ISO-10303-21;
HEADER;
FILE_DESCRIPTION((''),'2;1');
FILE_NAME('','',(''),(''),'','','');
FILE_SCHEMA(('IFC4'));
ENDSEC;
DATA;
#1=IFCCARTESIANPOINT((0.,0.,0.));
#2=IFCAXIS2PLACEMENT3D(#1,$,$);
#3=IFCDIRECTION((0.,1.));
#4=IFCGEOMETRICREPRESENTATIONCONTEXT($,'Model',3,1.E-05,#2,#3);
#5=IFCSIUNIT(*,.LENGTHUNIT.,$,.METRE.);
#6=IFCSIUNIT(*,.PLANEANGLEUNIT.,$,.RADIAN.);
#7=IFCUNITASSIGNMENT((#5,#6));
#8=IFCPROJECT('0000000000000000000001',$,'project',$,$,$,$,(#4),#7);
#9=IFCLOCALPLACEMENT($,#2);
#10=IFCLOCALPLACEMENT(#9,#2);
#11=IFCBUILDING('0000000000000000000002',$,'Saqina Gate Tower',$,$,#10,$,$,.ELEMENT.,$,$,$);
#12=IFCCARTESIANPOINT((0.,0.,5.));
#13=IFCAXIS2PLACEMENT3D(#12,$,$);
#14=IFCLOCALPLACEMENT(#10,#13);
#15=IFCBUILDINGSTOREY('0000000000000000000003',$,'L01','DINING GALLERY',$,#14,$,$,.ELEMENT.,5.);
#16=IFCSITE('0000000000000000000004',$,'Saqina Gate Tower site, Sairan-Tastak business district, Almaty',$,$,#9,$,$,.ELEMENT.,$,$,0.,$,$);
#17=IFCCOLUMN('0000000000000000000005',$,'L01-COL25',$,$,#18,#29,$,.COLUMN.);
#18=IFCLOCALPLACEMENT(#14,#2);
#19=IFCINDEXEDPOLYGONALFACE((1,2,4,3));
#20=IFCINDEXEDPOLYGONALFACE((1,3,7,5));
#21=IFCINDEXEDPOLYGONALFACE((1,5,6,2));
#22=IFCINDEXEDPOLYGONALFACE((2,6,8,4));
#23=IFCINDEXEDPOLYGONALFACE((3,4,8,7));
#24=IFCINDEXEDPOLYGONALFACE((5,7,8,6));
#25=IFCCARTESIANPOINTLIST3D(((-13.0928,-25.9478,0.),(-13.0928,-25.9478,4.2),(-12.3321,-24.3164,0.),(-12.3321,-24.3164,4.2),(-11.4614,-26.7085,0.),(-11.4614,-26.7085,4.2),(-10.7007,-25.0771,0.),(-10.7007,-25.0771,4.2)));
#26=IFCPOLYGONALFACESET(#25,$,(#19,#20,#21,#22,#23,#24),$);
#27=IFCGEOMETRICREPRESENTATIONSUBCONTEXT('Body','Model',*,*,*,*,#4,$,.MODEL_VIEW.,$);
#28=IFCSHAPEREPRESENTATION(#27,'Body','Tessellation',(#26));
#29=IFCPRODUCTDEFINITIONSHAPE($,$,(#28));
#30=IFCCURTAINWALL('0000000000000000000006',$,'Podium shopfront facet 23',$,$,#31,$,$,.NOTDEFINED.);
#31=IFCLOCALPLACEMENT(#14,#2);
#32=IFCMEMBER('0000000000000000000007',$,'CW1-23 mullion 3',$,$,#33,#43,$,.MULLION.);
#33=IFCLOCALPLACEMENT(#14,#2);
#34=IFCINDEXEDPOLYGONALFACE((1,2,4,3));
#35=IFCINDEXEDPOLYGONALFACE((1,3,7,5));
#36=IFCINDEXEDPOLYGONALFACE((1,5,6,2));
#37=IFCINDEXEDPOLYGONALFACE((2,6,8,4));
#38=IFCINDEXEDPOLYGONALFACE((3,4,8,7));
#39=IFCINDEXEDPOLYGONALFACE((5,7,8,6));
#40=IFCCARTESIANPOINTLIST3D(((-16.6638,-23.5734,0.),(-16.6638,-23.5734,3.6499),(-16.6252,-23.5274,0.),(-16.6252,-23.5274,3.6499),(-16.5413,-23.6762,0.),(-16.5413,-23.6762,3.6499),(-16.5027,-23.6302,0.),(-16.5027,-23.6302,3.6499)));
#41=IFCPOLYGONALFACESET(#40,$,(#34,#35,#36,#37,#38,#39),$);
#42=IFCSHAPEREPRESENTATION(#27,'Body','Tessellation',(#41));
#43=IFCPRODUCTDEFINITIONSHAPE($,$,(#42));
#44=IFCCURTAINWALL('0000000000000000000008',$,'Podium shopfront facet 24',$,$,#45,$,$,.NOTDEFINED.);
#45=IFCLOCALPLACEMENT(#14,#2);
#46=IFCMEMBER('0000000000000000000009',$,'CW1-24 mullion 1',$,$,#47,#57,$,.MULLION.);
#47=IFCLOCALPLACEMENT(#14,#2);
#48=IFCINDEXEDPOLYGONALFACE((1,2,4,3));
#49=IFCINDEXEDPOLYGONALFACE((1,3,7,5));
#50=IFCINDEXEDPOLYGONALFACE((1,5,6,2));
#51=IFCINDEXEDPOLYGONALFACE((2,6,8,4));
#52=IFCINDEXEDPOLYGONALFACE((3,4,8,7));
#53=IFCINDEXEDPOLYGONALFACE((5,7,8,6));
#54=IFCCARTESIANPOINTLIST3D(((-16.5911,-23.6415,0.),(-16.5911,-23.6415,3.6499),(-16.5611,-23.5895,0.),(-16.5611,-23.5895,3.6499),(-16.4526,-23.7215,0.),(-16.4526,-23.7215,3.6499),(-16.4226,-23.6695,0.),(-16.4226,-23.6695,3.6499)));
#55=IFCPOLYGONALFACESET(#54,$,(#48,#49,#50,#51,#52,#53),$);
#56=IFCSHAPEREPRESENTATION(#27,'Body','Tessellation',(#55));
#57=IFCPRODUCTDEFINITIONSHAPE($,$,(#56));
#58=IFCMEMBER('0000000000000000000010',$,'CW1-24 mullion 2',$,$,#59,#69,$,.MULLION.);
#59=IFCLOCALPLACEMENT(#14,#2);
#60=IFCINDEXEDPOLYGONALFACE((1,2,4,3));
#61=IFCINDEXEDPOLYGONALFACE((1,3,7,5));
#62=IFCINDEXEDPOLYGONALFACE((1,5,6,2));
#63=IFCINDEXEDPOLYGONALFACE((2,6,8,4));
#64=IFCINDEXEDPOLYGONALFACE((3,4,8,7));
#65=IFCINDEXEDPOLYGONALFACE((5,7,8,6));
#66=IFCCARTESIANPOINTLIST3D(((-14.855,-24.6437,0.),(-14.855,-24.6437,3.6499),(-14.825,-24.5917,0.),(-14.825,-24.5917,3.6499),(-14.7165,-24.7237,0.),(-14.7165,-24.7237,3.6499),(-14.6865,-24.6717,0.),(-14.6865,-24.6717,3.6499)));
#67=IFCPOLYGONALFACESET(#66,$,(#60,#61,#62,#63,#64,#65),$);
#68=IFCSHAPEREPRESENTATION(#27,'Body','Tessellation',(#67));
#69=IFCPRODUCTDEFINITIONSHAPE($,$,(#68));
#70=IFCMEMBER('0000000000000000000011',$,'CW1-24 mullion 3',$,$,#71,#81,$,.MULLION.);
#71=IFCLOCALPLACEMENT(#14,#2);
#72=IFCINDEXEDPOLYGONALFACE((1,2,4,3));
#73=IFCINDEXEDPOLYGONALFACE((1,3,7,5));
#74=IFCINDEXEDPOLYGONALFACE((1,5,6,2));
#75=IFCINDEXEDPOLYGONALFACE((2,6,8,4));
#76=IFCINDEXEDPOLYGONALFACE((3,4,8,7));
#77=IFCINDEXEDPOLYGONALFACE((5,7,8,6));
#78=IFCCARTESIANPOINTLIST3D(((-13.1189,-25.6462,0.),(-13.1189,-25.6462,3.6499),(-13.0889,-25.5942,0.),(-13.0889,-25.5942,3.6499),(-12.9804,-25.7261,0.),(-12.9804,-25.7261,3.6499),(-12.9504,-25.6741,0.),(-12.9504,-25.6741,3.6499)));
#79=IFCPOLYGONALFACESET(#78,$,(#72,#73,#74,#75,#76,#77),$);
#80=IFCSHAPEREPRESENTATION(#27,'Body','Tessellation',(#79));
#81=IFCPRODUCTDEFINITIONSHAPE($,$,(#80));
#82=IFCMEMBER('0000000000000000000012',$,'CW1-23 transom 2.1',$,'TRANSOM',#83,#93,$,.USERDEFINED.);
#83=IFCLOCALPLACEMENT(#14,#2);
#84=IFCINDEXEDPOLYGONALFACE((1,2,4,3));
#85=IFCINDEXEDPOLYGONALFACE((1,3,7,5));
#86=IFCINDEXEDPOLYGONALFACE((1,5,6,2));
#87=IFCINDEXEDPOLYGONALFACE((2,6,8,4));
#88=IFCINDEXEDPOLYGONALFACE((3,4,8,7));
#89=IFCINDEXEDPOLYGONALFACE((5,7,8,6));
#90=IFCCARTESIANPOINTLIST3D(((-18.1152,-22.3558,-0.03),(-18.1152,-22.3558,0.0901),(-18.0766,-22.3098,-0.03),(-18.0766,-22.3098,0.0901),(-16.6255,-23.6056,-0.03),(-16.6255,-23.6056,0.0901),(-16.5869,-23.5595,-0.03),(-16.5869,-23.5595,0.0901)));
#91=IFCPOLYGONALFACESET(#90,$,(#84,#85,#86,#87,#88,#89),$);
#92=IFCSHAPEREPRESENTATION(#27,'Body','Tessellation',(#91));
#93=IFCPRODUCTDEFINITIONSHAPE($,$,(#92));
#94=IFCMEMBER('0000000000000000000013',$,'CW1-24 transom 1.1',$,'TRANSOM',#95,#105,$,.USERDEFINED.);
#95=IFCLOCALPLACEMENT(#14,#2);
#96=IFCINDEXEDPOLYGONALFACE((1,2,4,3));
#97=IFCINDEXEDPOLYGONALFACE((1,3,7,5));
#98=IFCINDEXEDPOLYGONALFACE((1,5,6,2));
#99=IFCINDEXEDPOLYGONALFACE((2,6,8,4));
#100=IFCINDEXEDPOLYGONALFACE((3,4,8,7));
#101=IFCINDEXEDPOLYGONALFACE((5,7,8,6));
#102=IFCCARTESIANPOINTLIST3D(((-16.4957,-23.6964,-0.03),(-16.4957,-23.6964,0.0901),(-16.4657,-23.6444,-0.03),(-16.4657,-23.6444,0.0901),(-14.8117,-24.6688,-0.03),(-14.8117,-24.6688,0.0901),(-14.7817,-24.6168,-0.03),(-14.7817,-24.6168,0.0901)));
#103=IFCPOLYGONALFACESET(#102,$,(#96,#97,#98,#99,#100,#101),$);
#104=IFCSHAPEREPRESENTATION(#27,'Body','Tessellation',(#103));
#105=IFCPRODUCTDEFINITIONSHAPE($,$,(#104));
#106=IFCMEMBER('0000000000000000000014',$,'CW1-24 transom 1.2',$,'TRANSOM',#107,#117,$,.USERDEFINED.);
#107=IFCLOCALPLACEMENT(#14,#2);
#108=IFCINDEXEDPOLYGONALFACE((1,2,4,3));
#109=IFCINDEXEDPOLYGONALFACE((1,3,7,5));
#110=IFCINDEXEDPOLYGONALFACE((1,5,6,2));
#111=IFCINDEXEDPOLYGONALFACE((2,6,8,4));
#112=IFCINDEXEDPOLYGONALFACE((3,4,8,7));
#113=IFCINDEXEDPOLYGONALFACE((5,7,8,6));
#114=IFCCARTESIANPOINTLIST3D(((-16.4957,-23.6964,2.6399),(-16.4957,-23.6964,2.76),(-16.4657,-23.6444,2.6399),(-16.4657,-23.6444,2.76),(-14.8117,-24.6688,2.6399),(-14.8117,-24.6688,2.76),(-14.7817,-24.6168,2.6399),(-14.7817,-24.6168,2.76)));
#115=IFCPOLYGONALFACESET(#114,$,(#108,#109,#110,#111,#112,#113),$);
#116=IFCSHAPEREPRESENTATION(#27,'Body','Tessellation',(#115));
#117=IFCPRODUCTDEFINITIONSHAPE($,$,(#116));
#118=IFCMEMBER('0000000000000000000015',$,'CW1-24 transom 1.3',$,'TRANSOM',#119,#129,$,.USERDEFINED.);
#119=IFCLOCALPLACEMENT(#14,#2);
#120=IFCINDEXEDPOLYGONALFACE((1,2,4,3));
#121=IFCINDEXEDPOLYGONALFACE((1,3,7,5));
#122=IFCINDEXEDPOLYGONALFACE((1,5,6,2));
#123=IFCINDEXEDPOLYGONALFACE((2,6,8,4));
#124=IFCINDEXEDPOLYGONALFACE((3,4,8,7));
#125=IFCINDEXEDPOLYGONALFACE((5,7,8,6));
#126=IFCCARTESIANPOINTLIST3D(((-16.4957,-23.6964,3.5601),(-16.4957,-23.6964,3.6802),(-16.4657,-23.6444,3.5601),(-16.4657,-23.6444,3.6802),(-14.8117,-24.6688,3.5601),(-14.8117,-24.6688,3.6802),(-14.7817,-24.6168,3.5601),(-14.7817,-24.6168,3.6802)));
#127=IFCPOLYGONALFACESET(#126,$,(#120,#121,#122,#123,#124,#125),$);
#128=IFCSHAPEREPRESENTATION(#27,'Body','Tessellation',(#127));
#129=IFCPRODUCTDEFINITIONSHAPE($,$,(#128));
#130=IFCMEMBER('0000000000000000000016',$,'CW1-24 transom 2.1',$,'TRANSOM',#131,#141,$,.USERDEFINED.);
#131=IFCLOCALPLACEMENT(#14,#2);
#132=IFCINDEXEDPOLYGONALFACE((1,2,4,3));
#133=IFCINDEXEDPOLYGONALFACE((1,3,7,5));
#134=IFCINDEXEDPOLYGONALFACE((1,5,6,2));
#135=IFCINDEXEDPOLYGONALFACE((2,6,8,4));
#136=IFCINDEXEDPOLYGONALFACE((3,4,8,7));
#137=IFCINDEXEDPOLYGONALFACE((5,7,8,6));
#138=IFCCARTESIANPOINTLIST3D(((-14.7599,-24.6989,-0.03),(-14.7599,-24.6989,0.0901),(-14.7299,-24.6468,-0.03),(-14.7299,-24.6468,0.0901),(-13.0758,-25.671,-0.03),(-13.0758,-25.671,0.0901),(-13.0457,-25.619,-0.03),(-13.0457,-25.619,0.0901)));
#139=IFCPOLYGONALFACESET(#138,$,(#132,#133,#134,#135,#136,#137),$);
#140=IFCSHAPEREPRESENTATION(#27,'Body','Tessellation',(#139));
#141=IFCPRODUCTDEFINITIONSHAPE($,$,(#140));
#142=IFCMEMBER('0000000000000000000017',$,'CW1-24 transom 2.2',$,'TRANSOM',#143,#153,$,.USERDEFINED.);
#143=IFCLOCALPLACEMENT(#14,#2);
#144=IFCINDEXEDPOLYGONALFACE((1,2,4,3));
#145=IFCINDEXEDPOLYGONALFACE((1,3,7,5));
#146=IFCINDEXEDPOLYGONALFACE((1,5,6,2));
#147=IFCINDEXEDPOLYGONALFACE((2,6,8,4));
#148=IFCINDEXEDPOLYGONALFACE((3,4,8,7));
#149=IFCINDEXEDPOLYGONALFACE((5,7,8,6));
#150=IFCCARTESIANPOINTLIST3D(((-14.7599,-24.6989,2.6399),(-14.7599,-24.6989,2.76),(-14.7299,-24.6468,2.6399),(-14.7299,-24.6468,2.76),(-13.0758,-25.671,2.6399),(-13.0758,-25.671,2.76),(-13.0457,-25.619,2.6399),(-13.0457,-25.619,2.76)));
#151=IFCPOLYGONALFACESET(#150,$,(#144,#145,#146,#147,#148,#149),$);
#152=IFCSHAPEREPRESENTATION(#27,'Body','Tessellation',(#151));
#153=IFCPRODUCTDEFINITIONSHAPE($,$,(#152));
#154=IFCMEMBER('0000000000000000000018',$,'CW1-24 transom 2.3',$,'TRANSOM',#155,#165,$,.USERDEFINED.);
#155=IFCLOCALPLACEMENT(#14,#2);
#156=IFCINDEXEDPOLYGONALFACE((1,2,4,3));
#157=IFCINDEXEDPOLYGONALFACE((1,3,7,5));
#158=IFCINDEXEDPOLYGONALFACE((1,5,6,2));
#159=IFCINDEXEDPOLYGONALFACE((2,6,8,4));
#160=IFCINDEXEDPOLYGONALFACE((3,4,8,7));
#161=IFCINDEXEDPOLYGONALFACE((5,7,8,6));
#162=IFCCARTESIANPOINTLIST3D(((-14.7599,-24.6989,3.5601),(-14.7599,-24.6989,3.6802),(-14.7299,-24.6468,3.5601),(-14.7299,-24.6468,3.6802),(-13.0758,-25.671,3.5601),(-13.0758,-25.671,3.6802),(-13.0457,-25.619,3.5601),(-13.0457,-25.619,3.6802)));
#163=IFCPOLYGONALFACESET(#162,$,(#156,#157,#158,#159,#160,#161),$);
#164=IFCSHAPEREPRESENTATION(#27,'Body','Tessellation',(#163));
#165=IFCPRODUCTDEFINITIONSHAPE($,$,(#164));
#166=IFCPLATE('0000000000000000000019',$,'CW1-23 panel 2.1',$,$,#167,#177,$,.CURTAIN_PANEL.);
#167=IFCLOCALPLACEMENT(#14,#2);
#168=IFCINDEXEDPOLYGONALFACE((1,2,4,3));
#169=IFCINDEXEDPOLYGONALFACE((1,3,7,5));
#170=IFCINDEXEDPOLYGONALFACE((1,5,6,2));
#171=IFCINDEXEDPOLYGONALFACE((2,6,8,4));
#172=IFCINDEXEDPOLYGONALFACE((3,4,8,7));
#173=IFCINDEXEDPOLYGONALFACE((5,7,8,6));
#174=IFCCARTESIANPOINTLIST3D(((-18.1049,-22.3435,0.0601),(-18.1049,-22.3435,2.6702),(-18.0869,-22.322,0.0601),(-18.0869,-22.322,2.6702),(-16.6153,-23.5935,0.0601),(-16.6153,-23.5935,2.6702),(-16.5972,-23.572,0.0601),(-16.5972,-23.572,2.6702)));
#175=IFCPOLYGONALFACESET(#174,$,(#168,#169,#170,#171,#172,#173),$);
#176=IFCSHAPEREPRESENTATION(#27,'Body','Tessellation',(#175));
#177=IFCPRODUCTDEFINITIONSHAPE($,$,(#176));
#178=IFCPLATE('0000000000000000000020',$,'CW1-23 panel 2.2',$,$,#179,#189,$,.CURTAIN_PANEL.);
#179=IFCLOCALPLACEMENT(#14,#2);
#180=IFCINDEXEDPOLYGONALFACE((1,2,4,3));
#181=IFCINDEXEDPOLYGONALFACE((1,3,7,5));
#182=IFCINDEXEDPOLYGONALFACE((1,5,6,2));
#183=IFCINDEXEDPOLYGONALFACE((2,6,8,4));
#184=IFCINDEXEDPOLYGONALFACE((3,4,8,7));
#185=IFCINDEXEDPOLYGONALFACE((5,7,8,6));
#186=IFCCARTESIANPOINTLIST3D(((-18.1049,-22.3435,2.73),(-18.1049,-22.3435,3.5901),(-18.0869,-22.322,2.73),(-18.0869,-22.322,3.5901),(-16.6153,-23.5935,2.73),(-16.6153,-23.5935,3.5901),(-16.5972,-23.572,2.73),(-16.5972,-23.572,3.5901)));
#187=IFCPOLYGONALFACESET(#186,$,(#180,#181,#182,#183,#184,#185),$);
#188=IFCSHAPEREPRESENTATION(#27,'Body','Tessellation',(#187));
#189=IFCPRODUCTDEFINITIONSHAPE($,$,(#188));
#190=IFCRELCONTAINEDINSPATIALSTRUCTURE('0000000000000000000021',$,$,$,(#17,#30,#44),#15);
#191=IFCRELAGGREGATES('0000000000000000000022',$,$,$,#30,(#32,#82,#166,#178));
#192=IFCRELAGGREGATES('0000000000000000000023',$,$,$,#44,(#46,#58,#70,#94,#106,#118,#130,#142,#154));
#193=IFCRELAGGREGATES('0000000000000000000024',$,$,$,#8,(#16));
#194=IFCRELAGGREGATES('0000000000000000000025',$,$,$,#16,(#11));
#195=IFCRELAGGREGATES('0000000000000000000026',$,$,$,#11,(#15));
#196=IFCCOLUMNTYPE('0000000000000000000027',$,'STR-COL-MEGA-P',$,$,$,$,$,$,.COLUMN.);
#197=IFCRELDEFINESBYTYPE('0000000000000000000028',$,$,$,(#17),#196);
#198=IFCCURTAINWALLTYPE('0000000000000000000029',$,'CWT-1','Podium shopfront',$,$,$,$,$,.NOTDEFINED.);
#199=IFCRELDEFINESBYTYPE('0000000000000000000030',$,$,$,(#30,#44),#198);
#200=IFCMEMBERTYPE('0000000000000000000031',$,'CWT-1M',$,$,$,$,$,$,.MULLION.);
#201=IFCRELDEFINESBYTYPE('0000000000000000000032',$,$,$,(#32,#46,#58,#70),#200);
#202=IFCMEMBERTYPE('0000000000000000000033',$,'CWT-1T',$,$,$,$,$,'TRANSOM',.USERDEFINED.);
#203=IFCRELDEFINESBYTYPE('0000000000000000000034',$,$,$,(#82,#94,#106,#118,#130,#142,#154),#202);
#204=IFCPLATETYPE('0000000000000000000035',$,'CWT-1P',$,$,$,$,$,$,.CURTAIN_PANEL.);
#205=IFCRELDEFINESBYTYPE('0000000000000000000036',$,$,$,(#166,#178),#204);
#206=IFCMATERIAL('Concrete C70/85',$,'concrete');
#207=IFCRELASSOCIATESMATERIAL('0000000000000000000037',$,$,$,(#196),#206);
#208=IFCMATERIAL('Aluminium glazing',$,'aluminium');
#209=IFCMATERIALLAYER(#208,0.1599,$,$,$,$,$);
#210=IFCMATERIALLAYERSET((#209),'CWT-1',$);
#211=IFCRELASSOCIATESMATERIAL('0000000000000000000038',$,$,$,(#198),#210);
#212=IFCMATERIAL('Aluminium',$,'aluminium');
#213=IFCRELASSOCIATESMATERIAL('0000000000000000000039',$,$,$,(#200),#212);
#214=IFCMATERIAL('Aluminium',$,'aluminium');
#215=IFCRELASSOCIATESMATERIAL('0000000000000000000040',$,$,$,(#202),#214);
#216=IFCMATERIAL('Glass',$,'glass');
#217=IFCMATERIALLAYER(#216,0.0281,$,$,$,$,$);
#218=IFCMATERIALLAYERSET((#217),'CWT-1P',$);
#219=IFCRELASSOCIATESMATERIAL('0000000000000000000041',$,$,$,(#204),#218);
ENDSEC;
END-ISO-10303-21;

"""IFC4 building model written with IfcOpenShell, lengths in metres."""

from ifc_helpers import new_model, si_unit, direction, frame, origin, origin_2d, place, context, subcontext, project, spatial, rectangle, extrude, material, layer, layer_set, material_profile, profile_set, type_object, element, aggregate, save


model = new_model("IFC4")

# Units and contexts
model_context = context("Model", 3, precision=1e-05, world=origin(), true_north=direction((0.0, 1.0)))
body_context = subcontext(model_context, "Body", "Model", "MODEL_VIEW")
ifc_project = project(units=[si_unit("LENGTHUNIT", "METRE"), si_unit("PLANEANGLEUNIT", "RADIAN")], contexts=[model_context])

# Site, building, storey
site_placement = place(None, origin())
site = spatial("IfcSite", under=ifc_project, at=site_placement, Name="Saqina Gate Tower site, Sairan-Tastak business district, Almaty", CompositionType="ELEMENT", RefElevation=0.0)
building_placement = place(site_placement, origin())
building = spatial("IfcBuilding", under=site, at=building_placement, Name="Saqina Gate Tower", CompositionType="ELEMENT")
storey_placement = place(building_placement, frame((0.0, 0.0, 5.0)))
storey = spatial("IfcBuildingStorey", under=building, at=storey_placement, Name="L01", Description="DINING GALLERY", CompositionType="ELEMENT", Elevation=5.0)

# Column
ifc_material_1 = material(Name="Concrete C70/85", Category="concrete")
ifc_material_profile_1 = material_profile(ifc_material_1, rectangle(XDim=1.8, YDim=1.8, at=origin_2d()), Name="RC 1800x1800")
ifc_profile_set_1 = profile_set([ifc_material_profile_1], Name="Concrete C70/85")
column_type = type_object("IfcColumnType", Name="STR-COL-MEGA-P", PredefinedType="COLUMN", material=ifc_profile_set_1)
column_placement = place(storey_placement, frame((-11.8967, -25.5125, 0.0), z_axis=(0.0, 0.0, 1.0), x_axis=(-0.422618, -0.906308, 0.0)))
element("IfcColumn", 1, at=column_placement, inside=storey, type_object=column_type, Name="L01-COL25", PredefinedType="COLUMN", context=body_context, shape_type="SweptSolid", body=[
    extrude(rectangle(XDim=1.8, YDim=1.8, at=origin_2d()), origin(), (0.0, 0.0, 1.0), 4.2),
])

# Curtain wall, member
ifc_material_2 = material(Name="Aluminium glazing", Category="aluminium")
ifc_layer_1 = layer(ifc_material_2, 0.1599)
ifc_layer_set_1 = layer_set([ifc_layer_1], Name="CWT-1")
curtain_wall_type = type_object("IfcCurtainWallType", Name="CWT-1", Description="Podium shopfront", PredefinedType="NOTDEFINED", material=ifc_layer_set_1)
curtain_wall_1_placement = place(storey_placement, origin())
curtain_wall_1 = element("IfcCurtainWall", 2, at=curtain_wall_1_placement, inside=storey, type_object=curtain_wall_type, Name="Podium shopfront facet 23", PredefinedType="NOTDEFINED")
ifc_material_3 = material(Name="Aluminium", Category="aluminium")
ifc_material_profile_2 = material_profile(ifc_material_3, rectangle(XDim=0.0601, YDim=0.1599, at=origin_2d()), Name="Aluminium 60x160")
ifc_profile_set_2 = profile_set([ifc_material_profile_2], Name="Aluminium")
member_type_1 = type_object("IfcMemberType", Name="CWT-1M", PredefinedType="MULLION", material=ifc_profile_set_2)
member_1_placement = place(storey_placement, frame((-16.5833, -23.6018, 0.0), z_axis=(0.0, 0.0, 1.0), x_axis=(0.642779, 0.766051, 0.0)))
member_1 = element("IfcMember", 3, at=member_1_placement, type_object=member_type_1, Name="CW1-23 mullion 3", PredefinedType="MULLION", context=body_context, shape_type="SweptSolid", body=[
    extrude(rectangle(XDim=0.0601, YDim=0.1599, at=origin_2d()), origin(), (0.0, 0.0, 1.0), 3.6499),
])

# Curtain wall, members
curtain_wall_2_placement = place(storey_placement, origin())
curtain_wall_2 = element("IfcCurtainWall", 4, at=curtain_wall_2_placement, inside=storey, type_object=curtain_wall_type, Name="Podium shopfront facet 24", PredefinedType="NOTDEFINED")
member_2_placement = place(storey_placement, frame((-16.5068, -23.6555, 0.0), z_axis=(0.0, 0.0, 1.0), x_axis=(0.500014, 0.866017, 0.0)))
member_2 = element("IfcMember", 5, at=member_2_placement, type_object=member_type_1, Name="CW1-24 mullion 1", PredefinedType="MULLION", context=body_context, shape_type="SweptSolid", body=[
    extrude(rectangle(XDim=0.0601, YDim=0.1599, at=origin_2d()), origin(), (0.0, 0.0, 1.0), 3.6499),
])
member_3_placement = place(storey_placement, frame((-14.7708, -24.6577, 0.0), z_axis=(0.0, 0.0, 1.0), x_axis=(0.500014, 0.866017, 0.0)))
member_3 = element("IfcMember", 6, at=member_3_placement, type_object=member_type_1, Name="CW1-24 mullion 2", PredefinedType="MULLION", context=body_context, shape_type="SweptSolid", body=[
    extrude(rectangle(XDim=0.0601, YDim=0.1599, at=origin_2d()), origin(), (0.0, 0.0, 1.0), 3.6499),
])
member_4_placement = place(storey_placement, frame((-13.0347, -25.6602, 0.0), z_axis=(0.0, 0.0, 1.0), x_axis=(0.500014, 0.866017, 0.0)))
member_4 = element("IfcMember", 7, at=member_4_placement, type_object=member_type_1, Name="CW1-24 mullion 3", PredefinedType="MULLION", context=body_context, shape_type="SweptSolid", body=[
    extrude(rectangle(XDim=0.0601, YDim=0.1599, at=origin_2d()), origin(), (0.0, 0.0, 1.0), 3.6499),
])

# Members
ifc_material_4 = material(Name="Aluminium", Category="aluminium")
ifc_material_profile_3 = material_profile(ifc_material_4, rectangle(XDim=0.0601, YDim=0.1201, at=origin_2d()), Name="Aluminium 60x120")
ifc_profile_set_3 = profile_set([ifc_material_profile_3], Name="Aluminium")
member_type_2 = type_object("IfcMemberType", Name="CWT-1T", ElementType="TRANSOM", PredefinedType="USERDEFINED", material=ifc_profile_set_3)
member_5_placement = place(storey_placement, frame((-18.0959, -22.3328, 0.03), z_axis=(0.766118, -0.6427, 0.0), x_axis=(0.6427, 0.766118, 0.0)))
member_5 = element("IfcMember", 8, at=member_5_placement, type_object=member_type_2, Name="CW1-23 transom 2.1", ObjectType="TRANSOM", PredefinedType="USERDEFINED", context=body_context, shape_type="SweptSolid", body=[
    extrude(rectangle(XDim=0.0601, YDim=0.1201, at=origin_2d()), origin(), (0.0, 0.0, 1.0), 1.9446),
])
member_6_placement = place(storey_placement, frame((-16.4807, -23.6704, 0.03), z_axis=(0.866002, -0.500041, 0.0), x_axis=(0.500041, 0.866002, 0.0)))
member_6 = element("IfcMember", 9, at=member_6_placement, type_object=member_type_2, Name="CW1-24 transom 1.1", ObjectType="TRANSOM", PredefinedType="USERDEFINED", context=body_context, shape_type="SweptSolid", body=[
    extrude(rectangle(XDim=0.0601, YDim=0.1201, at=origin_2d()), origin(), (0.0, 0.0, 1.0), 1.9446),
])
member_7_placement = place(storey_placement, frame((-16.4807, -23.6704, 2.7), z_axis=(0.866002, -0.500041, 0.0), x_axis=(0.500041, 0.866002, 0.0)))
member_7 = element("IfcMember", 10, at=member_7_placement, type_object=member_type_2, Name="CW1-24 transom 1.2", ObjectType="TRANSOM", PredefinedType="USERDEFINED", context=body_context, shape_type="SweptSolid", body=[
    extrude(rectangle(XDim=0.0601, YDim=0.1201, at=origin_2d()), origin(), (0.0, 0.0, 1.0), 1.9446),
])
member_8_placement = place(storey_placement, frame((-16.4807, -23.6704, 3.6201), z_axis=(0.866002, -0.500041, 0.0), x_axis=(0.500041, 0.866002, 0.0)))
member_8 = element("IfcMember", 11, at=member_8_placement, type_object=member_type_2, Name="CW1-24 transom 1.3", ObjectType="TRANSOM", PredefinedType="USERDEFINED", context=body_context, shape_type="SweptSolid", body=[
    extrude(rectangle(XDim=0.0601, YDim=0.1201, at=origin_2d()), origin(), (0.0, 0.0, 1.0), 1.9446),
])
member_9_placement = place(storey_placement, frame((-14.7449, -24.6729, 0.03), z_axis=(0.866056, -0.499947, 0.0), x_axis=(0.499947, 0.866056, 0.0)))
member_9 = element("IfcMember", 12, at=member_9_placement, type_object=member_type_2, Name="CW1-24 transom 2.1", ObjectType="TRANSOM", PredefinedType="USERDEFINED", context=body_context, shape_type="SweptSolid", body=[
    extrude(rectangle(XDim=0.0601, YDim=0.1201, at=origin_2d()), origin(), (0.0, 0.0, 1.0), 1.9446),
])
member_10_placement = place(storey_placement, frame((-14.7449, -24.6729, 2.7), z_axis=(0.866056, -0.499947, 0.0), x_axis=(0.499947, 0.866056, 0.0)))
member_10 = element("IfcMember", 13, at=member_10_placement, type_object=member_type_2, Name="CW1-24 transom 2.2", ObjectType="TRANSOM", PredefinedType="USERDEFINED", context=body_context, shape_type="SweptSolid", body=[
    extrude(rectangle(XDim=0.0601, YDim=0.1201, at=origin_2d()), origin(), (0.0, 0.0, 1.0), 1.9446),
])
member_11_placement = place(storey_placement, frame((-14.7449, -24.6729, 3.6201), z_axis=(0.866056, -0.499947, 0.0), x_axis=(0.499947, 0.866056, 0.0)))
member_11 = element("IfcMember", 14, at=member_11_placement, type_object=member_type_2, Name="CW1-24 transom 2.3", ObjectType="TRANSOM", PredefinedType="USERDEFINED", context=body_context, shape_type="SweptSolid", body=[
    extrude(rectangle(XDim=0.0601, YDim=0.1201, at=origin_2d()), origin(), (0.0, 0.0, 1.0), 1.9446),
])

# Plates
ifc_material_5 = material(Name="Glass", Category="glass")
ifc_layer_2 = layer(ifc_material_5, 0.0281)
ifc_layer_set_2 = layer_set([ifc_layer_2], Name="CWT-1P")
plate_type = type_object("IfcPlateType", Name="CWT-1P", PredefinedType="CURTAIN_PANEL", material=ifc_layer_set_2)
plate_1_placement = place(storey_placement, frame((-17.3511, -22.9578, 0.0601), z_axis=(0.0, 0.0, 1.0), x_axis=(0.766051, -0.642779, 0.0)))
plate_1 = element("IfcPlate", 15, at=plate_1_placement, type_object=plate_type, Name="CW1-23 panel 2.1", PredefinedType="CURTAIN_PANEL", context=body_context, shape_type="SweptSolid", body=[
    extrude(rectangle(XDim=1.9446, YDim=0.0281, at=origin_2d()), origin(), (0.0, 0.0, 1.0), 2.6101),
])
plate_2_placement = place(storey_placement, frame((-17.3511, -22.9578, 2.73), z_axis=(0.0, 0.0, 1.0), x_axis=(0.766051, -0.642779, 0.0)))
plate_2 = element("IfcPlate", 16, at=plate_2_placement, type_object=plate_type, Name="CW1-23 panel 2.2", PredefinedType="CURTAIN_PANEL", context=body_context, shape_type="SweptSolid", body=[
    extrude(rectangle(XDim=1.9446, YDim=0.0281, at=origin_2d()), origin(), (0.0, 0.0, 1.0), 0.8601),
])
aggregate(curtain_wall_1, [member_1, member_5, plate_1, plate_2])
aggregate(curtain_wall_2, [member_2, member_3, member_4, member_6, member_7, member_8, member_9, member_10, member_11])

save(model, "model.ifc")
